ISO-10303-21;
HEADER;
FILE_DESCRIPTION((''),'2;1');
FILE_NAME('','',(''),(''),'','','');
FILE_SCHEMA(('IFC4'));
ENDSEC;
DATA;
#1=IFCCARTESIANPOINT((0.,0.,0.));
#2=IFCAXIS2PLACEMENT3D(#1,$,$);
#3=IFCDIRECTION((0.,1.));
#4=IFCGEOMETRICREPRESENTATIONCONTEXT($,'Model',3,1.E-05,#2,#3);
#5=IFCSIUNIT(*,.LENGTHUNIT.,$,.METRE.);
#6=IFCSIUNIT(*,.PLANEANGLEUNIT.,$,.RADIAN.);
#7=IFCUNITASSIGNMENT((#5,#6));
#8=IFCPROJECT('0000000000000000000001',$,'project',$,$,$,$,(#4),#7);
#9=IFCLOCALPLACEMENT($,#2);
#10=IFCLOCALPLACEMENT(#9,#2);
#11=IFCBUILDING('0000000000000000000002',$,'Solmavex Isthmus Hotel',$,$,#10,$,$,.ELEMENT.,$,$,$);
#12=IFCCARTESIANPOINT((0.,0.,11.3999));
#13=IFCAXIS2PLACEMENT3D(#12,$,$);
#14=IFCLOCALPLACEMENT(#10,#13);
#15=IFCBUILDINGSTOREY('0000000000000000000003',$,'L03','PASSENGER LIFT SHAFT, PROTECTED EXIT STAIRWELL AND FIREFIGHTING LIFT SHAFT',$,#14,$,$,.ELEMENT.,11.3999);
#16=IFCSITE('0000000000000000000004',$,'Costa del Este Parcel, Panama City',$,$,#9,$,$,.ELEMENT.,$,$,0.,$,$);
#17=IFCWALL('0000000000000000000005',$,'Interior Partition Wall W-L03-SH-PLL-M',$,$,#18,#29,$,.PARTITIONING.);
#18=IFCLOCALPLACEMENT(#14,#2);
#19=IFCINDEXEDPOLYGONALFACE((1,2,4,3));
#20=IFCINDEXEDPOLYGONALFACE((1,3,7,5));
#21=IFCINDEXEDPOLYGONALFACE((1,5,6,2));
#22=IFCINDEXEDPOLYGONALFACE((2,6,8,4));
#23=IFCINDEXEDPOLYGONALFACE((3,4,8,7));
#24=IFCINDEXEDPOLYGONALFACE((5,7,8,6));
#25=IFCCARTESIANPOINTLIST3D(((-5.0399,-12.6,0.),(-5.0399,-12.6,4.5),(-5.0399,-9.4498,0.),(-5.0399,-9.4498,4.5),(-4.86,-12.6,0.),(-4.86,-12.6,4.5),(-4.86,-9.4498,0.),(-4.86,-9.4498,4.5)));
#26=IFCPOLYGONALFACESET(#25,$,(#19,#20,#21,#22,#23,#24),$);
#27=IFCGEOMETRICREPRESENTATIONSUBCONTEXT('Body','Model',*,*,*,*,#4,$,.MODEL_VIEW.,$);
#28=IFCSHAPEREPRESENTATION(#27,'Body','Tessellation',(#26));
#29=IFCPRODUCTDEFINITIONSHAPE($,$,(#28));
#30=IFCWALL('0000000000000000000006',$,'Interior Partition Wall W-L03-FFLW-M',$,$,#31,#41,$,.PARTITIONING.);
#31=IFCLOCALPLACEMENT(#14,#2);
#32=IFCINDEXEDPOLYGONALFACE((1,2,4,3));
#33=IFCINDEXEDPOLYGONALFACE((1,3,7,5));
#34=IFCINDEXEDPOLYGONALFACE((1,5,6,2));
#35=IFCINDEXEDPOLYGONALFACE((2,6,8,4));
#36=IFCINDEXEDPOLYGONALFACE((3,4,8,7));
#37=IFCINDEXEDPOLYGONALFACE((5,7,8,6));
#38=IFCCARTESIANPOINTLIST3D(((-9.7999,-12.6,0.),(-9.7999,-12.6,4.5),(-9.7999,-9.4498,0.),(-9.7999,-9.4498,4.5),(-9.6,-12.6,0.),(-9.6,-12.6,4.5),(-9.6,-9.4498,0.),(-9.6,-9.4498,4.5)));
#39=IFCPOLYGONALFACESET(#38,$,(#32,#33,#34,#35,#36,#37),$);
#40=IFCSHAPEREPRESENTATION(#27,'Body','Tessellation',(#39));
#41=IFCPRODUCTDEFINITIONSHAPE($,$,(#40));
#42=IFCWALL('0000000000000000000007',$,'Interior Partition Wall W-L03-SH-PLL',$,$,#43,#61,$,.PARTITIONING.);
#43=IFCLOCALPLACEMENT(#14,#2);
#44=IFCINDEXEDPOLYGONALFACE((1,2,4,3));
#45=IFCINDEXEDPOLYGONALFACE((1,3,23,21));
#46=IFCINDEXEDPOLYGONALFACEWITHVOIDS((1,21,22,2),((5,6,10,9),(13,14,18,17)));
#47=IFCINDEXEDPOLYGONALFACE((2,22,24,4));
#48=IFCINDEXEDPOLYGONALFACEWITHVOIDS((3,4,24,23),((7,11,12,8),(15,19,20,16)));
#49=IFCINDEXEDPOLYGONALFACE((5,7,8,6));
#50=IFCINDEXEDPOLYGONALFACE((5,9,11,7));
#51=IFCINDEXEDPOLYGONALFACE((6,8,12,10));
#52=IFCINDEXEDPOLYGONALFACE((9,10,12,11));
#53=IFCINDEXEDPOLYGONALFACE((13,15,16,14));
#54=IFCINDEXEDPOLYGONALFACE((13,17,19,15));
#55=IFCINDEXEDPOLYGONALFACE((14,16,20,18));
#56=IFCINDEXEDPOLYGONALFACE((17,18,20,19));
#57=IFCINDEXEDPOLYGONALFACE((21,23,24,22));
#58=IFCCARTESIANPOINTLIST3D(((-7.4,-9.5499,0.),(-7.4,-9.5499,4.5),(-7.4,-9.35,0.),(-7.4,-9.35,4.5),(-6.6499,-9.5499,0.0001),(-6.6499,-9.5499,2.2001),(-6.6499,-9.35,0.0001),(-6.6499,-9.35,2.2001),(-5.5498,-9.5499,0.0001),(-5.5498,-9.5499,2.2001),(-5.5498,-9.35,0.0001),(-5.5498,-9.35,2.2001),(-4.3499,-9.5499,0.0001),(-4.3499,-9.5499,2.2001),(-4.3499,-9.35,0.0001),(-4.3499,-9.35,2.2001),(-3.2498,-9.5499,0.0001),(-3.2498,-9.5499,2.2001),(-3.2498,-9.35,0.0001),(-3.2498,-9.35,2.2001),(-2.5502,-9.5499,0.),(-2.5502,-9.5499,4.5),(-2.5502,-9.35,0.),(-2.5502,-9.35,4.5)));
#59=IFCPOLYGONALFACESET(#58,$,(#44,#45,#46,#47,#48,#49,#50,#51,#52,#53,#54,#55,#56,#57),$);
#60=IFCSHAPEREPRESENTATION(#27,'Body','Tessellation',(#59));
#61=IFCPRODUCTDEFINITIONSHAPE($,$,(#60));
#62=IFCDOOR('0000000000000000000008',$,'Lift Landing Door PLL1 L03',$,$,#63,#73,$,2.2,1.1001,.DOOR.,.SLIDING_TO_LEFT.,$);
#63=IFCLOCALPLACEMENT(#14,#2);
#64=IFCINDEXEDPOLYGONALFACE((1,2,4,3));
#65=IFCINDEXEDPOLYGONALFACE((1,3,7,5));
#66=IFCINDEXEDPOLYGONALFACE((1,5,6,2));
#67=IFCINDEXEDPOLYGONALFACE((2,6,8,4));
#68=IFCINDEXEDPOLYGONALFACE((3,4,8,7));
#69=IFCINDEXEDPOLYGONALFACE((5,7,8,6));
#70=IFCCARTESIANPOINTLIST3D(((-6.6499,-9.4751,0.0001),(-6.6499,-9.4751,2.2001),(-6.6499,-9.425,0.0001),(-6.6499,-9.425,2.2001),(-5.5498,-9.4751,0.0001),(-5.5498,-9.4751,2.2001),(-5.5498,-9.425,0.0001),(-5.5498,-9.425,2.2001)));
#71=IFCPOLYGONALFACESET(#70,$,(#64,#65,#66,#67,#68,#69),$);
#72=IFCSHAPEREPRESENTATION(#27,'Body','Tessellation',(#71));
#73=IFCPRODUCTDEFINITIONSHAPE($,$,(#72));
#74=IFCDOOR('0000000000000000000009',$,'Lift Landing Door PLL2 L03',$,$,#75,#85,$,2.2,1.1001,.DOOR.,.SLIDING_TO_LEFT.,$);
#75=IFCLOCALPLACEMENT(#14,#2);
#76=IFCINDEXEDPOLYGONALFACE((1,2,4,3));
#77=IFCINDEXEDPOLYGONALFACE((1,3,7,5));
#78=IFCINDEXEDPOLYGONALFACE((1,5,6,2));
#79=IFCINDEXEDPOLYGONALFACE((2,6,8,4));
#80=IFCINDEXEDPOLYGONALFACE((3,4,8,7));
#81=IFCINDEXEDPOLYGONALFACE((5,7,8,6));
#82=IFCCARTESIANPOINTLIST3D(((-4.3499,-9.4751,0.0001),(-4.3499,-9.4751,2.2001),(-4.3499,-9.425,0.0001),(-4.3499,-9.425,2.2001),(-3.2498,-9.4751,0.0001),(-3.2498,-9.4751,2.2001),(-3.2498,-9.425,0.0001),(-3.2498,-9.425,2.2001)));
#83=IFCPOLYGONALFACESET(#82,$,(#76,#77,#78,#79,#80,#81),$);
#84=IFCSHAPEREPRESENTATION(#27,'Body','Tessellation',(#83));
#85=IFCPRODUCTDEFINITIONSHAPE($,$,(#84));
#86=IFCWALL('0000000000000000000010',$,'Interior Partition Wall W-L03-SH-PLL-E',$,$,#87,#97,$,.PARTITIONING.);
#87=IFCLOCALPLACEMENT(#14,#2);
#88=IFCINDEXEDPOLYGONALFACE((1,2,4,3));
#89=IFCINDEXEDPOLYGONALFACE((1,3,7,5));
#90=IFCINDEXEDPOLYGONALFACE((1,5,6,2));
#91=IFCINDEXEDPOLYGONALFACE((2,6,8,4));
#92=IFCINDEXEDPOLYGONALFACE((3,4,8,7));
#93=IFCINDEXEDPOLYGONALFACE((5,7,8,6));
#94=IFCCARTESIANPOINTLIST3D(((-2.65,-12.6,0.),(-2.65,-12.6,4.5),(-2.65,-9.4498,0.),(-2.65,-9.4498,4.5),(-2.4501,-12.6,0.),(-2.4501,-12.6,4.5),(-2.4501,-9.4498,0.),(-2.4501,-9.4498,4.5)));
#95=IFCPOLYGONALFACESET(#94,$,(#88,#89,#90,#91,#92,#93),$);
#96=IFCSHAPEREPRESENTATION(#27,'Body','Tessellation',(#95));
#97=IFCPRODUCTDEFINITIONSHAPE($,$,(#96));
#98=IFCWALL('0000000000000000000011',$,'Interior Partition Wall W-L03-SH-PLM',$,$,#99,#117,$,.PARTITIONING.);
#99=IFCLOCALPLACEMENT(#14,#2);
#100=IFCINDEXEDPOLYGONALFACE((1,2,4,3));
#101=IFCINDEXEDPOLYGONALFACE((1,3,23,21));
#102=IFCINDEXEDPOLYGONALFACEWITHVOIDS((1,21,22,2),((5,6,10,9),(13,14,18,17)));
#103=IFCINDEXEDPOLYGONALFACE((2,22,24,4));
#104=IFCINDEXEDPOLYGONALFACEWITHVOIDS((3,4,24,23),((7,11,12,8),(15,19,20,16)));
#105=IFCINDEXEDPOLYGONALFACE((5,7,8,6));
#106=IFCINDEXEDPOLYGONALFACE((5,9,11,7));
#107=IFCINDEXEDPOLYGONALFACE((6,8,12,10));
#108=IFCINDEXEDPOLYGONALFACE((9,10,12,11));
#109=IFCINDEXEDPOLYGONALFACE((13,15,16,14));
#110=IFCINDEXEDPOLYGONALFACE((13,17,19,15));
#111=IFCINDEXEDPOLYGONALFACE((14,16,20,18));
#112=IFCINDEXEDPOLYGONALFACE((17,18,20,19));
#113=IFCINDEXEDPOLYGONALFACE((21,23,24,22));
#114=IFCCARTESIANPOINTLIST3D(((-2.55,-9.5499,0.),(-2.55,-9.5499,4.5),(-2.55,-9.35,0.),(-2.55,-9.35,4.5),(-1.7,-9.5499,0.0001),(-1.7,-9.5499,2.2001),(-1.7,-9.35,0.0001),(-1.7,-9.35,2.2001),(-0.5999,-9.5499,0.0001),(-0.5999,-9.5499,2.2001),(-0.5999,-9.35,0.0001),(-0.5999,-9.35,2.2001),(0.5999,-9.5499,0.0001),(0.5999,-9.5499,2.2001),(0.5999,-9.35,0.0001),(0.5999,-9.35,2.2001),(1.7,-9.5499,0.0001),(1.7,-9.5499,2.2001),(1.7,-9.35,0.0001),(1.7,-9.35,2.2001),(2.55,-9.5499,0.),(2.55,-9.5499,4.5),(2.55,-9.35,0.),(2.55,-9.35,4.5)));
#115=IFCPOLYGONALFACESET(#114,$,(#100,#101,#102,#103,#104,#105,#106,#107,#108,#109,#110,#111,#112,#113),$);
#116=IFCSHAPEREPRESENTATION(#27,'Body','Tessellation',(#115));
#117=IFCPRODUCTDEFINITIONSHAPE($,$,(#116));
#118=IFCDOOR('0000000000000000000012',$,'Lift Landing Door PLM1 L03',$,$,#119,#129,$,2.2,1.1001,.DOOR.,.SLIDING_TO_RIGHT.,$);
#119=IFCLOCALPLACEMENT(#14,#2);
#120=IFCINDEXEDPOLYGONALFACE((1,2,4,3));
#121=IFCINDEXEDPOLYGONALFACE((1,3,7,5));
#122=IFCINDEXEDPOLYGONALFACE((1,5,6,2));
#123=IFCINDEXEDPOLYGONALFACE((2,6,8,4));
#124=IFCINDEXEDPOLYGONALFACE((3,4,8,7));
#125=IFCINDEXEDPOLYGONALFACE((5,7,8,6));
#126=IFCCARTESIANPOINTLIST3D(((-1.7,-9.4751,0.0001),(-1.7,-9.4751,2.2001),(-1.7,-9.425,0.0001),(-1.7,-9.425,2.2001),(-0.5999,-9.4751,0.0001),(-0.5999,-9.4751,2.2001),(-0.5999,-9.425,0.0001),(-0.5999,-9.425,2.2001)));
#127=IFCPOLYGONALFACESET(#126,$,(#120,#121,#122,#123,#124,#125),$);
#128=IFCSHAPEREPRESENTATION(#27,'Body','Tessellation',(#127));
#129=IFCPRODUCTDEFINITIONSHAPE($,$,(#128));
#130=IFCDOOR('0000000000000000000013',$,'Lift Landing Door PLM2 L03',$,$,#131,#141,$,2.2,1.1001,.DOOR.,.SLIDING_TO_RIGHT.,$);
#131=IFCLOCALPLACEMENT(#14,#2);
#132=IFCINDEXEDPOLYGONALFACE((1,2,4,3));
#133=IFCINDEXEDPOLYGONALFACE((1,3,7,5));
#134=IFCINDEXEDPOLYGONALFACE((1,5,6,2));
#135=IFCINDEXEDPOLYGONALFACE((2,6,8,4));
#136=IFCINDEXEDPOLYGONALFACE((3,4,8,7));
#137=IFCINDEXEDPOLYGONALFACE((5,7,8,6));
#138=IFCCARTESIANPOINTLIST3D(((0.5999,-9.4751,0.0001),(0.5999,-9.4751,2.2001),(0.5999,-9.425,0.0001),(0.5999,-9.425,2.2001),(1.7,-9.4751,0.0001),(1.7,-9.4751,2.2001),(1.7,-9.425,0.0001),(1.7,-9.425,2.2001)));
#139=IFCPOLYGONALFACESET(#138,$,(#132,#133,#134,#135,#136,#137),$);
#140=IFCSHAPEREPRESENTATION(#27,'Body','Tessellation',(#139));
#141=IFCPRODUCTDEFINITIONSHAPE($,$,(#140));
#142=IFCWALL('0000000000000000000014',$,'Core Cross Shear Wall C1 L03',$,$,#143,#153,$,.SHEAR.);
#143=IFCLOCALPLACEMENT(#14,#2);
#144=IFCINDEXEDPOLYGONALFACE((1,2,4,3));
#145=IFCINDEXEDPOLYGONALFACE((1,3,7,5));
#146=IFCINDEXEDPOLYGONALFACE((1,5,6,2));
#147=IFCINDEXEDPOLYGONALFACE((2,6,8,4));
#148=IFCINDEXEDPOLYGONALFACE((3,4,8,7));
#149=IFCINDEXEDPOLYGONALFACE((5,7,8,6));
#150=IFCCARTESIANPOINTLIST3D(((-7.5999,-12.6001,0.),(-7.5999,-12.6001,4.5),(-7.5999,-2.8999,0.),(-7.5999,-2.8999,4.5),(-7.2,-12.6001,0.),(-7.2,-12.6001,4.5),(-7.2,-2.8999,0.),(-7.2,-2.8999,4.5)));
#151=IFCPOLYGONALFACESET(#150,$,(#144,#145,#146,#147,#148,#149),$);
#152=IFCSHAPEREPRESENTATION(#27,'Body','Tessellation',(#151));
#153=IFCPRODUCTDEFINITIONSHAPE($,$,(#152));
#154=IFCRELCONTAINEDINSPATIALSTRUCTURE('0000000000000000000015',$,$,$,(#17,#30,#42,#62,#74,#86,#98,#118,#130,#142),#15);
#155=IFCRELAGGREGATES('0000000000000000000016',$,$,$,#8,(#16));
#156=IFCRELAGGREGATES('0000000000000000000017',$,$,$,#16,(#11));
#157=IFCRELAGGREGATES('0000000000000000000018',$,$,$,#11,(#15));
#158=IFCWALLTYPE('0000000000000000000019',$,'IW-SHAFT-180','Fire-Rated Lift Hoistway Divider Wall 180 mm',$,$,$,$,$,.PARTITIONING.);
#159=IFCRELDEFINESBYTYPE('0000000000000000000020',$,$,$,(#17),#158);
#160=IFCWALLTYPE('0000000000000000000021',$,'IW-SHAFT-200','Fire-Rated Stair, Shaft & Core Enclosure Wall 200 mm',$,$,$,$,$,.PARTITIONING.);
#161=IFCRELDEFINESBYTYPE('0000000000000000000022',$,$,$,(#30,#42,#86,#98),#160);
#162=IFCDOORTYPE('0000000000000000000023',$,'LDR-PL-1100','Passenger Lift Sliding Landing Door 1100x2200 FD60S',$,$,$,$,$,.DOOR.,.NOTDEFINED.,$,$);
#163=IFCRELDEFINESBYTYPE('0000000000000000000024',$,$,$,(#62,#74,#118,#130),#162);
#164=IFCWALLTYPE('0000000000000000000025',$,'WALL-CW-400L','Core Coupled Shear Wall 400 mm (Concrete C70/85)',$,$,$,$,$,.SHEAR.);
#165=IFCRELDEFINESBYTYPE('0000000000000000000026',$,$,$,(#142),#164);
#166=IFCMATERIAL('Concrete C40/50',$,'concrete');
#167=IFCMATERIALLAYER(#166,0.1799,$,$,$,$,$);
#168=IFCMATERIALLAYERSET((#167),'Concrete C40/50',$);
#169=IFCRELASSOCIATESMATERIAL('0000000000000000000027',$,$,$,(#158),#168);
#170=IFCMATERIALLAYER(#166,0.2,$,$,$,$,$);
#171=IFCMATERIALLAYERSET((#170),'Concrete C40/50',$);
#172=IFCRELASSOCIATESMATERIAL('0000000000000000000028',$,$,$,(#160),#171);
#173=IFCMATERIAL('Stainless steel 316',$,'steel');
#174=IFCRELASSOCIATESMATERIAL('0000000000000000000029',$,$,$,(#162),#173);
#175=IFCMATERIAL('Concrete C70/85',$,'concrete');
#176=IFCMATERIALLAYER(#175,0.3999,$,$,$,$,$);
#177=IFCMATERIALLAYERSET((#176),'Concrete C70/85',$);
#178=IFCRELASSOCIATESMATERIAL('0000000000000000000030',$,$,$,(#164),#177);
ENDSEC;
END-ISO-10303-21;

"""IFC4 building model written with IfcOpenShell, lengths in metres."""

from ifc_helpers import new_model, si_unit, direction, frame, frame_2d, origin, place, context, subcontext, project, spatial, rectangle, extrude, material, layer, layer_set, type_object, element, fill, save


model = new_model("IFC4")

# Units and contexts
model_context = context("Model", 3, precision=1e-05, world=origin(), true_north=direction((0.0, 1.0)))
body_context = subcontext(model_context, "Body", "Model", "MODEL_VIEW")
ifc_project = project(units=[si_unit("LENGTHUNIT", "METRE"), si_unit("PLANEANGLEUNIT", "RADIAN")], contexts=[model_context])

# Site, building, storey
site_placement = place(None, origin())
site = spatial("IfcSite", under=ifc_project, at=site_placement, Name="Costa del Este Parcel, Panama City", CompositionType="ELEMENT", RefElevation=0.0)
building_placement = place(site_placement, origin())
building = spatial("IfcBuilding", under=site, at=building_placement, Name="Solmavex Isthmus Hotel", CompositionType="ELEMENT")
storey_placement = place(building_placement, frame((0.0, 0.0, 11.3999)))
storey = spatial("IfcBuildingStorey", under=building, at=storey_placement, Name="L03", Description="PASSENGER LIFT SHAFT, PROTECTED EXIT STAIRWELL AND FIREFIGHTING LIFT SHAFT", CompositionType="ELEMENT", Elevation=11.3999)

# Shared definitions
ifc_material_1 = material(Name="Concrete C70/85", Category="concrete")

# Walls
ifc_material_2 = material(Name="Concrete C40/50", Category="concrete")
ifc_layer_1 = layer(ifc_material_2, 0.1799)
ifc_layer_set_1 = layer_set([ifc_layer_1], Name="Concrete C40/50")
wall_type_1 = type_object("IfcWallType", Name="IW-SHAFT-180", Description="Fire-Rated Lift Hoistway Divider Wall 180 mm", PredefinedType="PARTITIONING", material=ifc_layer_set_1)
wall_1_placement = place(storey_placement, frame((-4.95, -12.6001, 0.0), z_axis=(0.0, 0.0, 1.0), x_axis=(0.0, 1.0, 0.0)))
element("IfcWall", 1, at=wall_1_placement, inside=storey, type_object=wall_type_1, Name="Interior Partition Wall W-L03-SH-PLL-M", PredefinedType="PARTITIONING", context=body_context, shape_type="SweptSolid", body=[
    extrude(rectangle(XDim=3.1501, YDim=0.1799, at=frame_2d((1.5752, 0.0))), origin(), (0.0, 0.0, 1.0), 4.5),
])
ifc_layer_2 = layer(ifc_material_2, 0.2)
ifc_layer_set_2 = layer_set([ifc_layer_2], Name="Concrete C40/50")
wall_type_2 = type_object("IfcWallType", Name="IW-SHAFT-200", Description="Fire-Rated Stair, Shaft & Core Enclosure Wall 200 mm", PredefinedType="PARTITIONING", material=ifc_layer_set_2)
wall_2_placement = place(storey_placement, frame((-9.7, -12.6001, 0.0), z_axis=(0.0, 0.0, 1.0), x_axis=(0.0, 1.0, 0.0)))
element("IfcWall", 2, at=wall_2_placement, inside=storey, type_object=wall_type_2, Name="Interior Partition Wall W-L03-FFLW-M", PredefinedType="PARTITIONING", context=body_context, shape_type="SweptSolid", body=[
    extrude(rectangle(XDim=3.1501, YDim=0.2, at=frame_2d((1.5752, 0.0))), origin(), (0.0, 0.0, 1.0), 4.5),
])

# Wall, openings, doors
wall_3_placement = place(storey_placement, frame((-7.3999, -9.45, 0.0), z_axis=(0.0, 0.0, 1.0), x_axis=(1.0, 0.0, 0.0)))
wall_3 = element("IfcWall", 3, at=wall_3_placement, inside=storey, type_object=wall_type_2, Name="Interior Partition Wall W-L03-SH-PLL", PredefinedType="PARTITIONING", context=body_context, shape_type="SweptSolid", body=[
    extrude(rectangle(XDim=4.8499, YDim=0.2, at=frame_2d((2.4248, 0.0))), origin(), (0.0, 0.0, 1.0), 4.5),
])
opening_1_placement = place(wall_3_placement, frame((0.75, 0.0, 0.0)))
opening_1 = element("IfcOpeningElement", 4, at=opening_1_placement, cuts=wall_3, PredefinedType="OPENING", context=body_context, shape_type="SweptSolid", body=[
    extrude(rectangle(XDim=1.1001, YDim=2.2, at=frame_2d((0.55, 1.1001))), frame((0.0, 0.1099, 0.0), z_axis=(0.0, -1.0, 0.0), x_axis=(1.0, 0.0, 0.0)), (0.0, 0.0, 1.0), 0.22),
])
opening_2_placement = place(wall_3_placement, frame((3.05, 0.0, 0.0)))
opening_2 = element("IfcOpeningElement", 5, at=opening_2_placement, cuts=wall_3, PredefinedType="OPENING", context=body_context, shape_type="SweptSolid", body=[
    extrude(rectangle(XDim=1.1001, YDim=2.2, at=frame_2d((0.55, 1.1001))), frame((0.0, 0.1099, 0.0), z_axis=(0.0, -1.0, 0.0), x_axis=(1.0, 0.0, 0.0)), (0.0, 0.0, 1.0), 0.22),
])
ifc_material_3 = material(Name="Stainless steel 316", Category="steel")
door_type_1 = type_object("IfcDoorType", Name="LDR-PL-1100", Description="Passenger Lift Sliding Landing Door 1100x2200 FD60S", OperationType="NOTDEFINED", PredefinedType="DOOR", material=ifc_material_3)
door_1_placement = place(opening_1_placement, origin())
door_1 = element("IfcDoor", 6, at=door_1_placement, inside=storey, type_object=door_type_1, Name="Lift Landing Door PLL1 L03", OperationType="SLIDING_TO_LEFT", OverallHeight=2.2, OverallWidth=1.1001, PredefinedType="DOOR", context=body_context, shape_type="SweptSolid", body=[
    extrude(rectangle(XDim=1.1001, YDim=2.2, at=frame_2d((0.55, 1.1001))), frame((0.0, 0.0249, 0.0), z_axis=(0.0, -1.0, 0.0), x_axis=(1.0, 0.0, 0.0)), (0.0, 0.0, 1.0), 0.05),
])
fill(opening_1, door_1)
door_2_placement = place(opening_2_placement, origin())
door_2 = element("IfcDoor", 7, at=door_2_placement, inside=storey, type_object=door_type_1, Name="Lift Landing Door PLL2 L03", OperationType="SLIDING_TO_LEFT", OverallHeight=2.2, OverallWidth=1.1001, PredefinedType="DOOR", context=body_context, shape_type="SweptSolid", body=[
    extrude(rectangle(XDim=1.1001, YDim=2.2, at=frame_2d((0.55, 1.1001))), frame((0.0, 0.0249, 0.0), z_axis=(0.0, -1.0, 0.0), x_axis=(1.0, 0.0, 0.0)), (0.0, 0.0, 1.0), 0.05),
])
fill(opening_2, door_2)

# Wall
wall_4_placement = place(storey_placement, frame((-2.55, -12.6001, 0.0), z_axis=(0.0, 0.0, 1.0), x_axis=(0.0, 1.0, 0.0)))
element("IfcWall", 8, at=wall_4_placement, inside=storey, type_object=wall_type_2, Name="Interior Partition Wall W-L03-SH-PLL-E", PredefinedType="PARTITIONING", context=body_context, shape_type="SweptSolid", body=[
    extrude(rectangle(XDim=3.1501, YDim=0.2, at=frame_2d((1.5752, 0.0))), origin(), (0.0, 0.0, 1.0), 4.5),
])

# Wall, openings, doors
wall_5_placement = place(storey_placement, frame((-2.55, -9.45, 0.0), z_axis=(0.0, 0.0, 1.0), x_axis=(1.0, 0.0, 0.0)))
wall_5 = element("IfcWall", 9, at=wall_5_placement, inside=storey, type_object=wall_type_2, Name="Interior Partition Wall W-L03-SH-PLM", PredefinedType="PARTITIONING", context=body_context, shape_type="SweptSolid", body=[
    extrude(rectangle(XDim=5.1001, YDim=0.2, at=frame_2d((2.55, 0.0))), origin(), (0.0, 0.0, 1.0), 4.5),
])
opening_3_placement = place(wall_5_placement, frame((0.8501, 0.0, 0.0)))
opening_3 = element("IfcOpeningElement", 10, at=opening_3_placement, cuts=wall_5, PredefinedType="OPENING", context=body_context, shape_type="SweptSolid", body=[
    extrude(rectangle(XDim=1.1001, YDim=2.2, at=frame_2d((0.55, 1.1001))), frame((0.0, 0.1099, 0.0), z_axis=(0.0, -1.0, 0.0), x_axis=(1.0, 0.0, 0.0)), (0.0, 0.0, 1.0), 0.22),
])
opening_4_placement = place(wall_5_placement, frame((3.1499, 0.0, 0.0)))
opening_4 = element("IfcOpeningElement", 11, at=opening_4_placement, cuts=wall_5, PredefinedType="OPENING", context=body_context, shape_type="SweptSolid", body=[
    extrude(rectangle(XDim=1.1001, YDim=2.2, at=frame_2d((0.55, 1.1001))), frame((0.0, 0.1099, 0.0), z_axis=(0.0, -1.0, 0.0), x_axis=(1.0, 0.0, 0.0)), (0.0, 0.0, 1.0), 0.22),
])
door_3_placement = place(opening_3_placement, origin())
door_3 = element("IfcDoor", 12, at=door_3_placement, inside=storey, type_object=door_type_1, Name="Lift Landing Door PLM1 L03", OperationType="SLIDING_TO_RIGHT", OverallHeight=2.2, OverallWidth=1.1001, PredefinedType="DOOR", context=body_context, shape_type="SweptSolid", body=[
    extrude(rectangle(XDim=1.1001, YDim=2.2, at=frame_2d((0.55, 1.1001))), frame((0.0, 0.0249, 0.0), z_axis=(0.0, -1.0, 0.0), x_axis=(1.0, 0.0, 0.0)), (0.0, 0.0, 1.0), 0.05),
])
fill(opening_3, door_3)
door_4_placement = place(opening_4_placement, origin())
door_4 = element("IfcDoor", 13, at=door_4_placement, inside=storey, type_object=door_type_1, Name="Lift Landing Door PLM2 L03", OperationType="SLIDING_TO_RIGHT", OverallHeight=2.2, OverallWidth=1.1001, PredefinedType="DOOR", context=body_context, shape_type="SweptSolid", body=[
    extrude(rectangle(XDim=1.1001, YDim=2.2, at=frame_2d((0.55, 1.1001))), frame((0.0, 0.0249, 0.0), z_axis=(0.0, -1.0, 0.0), x_axis=(1.0, 0.0, 0.0)), (0.0, 0.0, 1.0), 0.05),
])
fill(opening_4, door_4)

# Wall
ifc_layer_3 = layer(ifc_material_1, 0.3999)
ifc_layer_set_3 = layer_set([ifc_layer_3], Name="Concrete C70/85")
wall_type_3 = type_object("IfcWallType", Name="WALL-CW-400L", Description="Core Coupled Shear Wall 400 mm (Concrete C70/85)", PredefinedType="SHEAR", material=ifc_layer_set_3)
wall_6_placement = place(storey_placement, frame((-7.3999, -12.6001, 0.0), z_axis=(0.0, 0.0, 1.0), x_axis=(0.0, 1.0, 0.0)))
element("IfcWall", 14, at=wall_6_placement, inside=storey, type_object=wall_type_3, Name="Core Cross Shear Wall C1 L03", PredefinedType="SHEAR", context=body_context, shape_type="SweptSolid", body=[
    extrude(rectangle(XDim=9.7002, YDim=0.3999, at=frame_2d((4.8501, 0.0))), origin(), (0.0, 0.0, 1.0), 4.5),
])

save(model, "model.ifc")
